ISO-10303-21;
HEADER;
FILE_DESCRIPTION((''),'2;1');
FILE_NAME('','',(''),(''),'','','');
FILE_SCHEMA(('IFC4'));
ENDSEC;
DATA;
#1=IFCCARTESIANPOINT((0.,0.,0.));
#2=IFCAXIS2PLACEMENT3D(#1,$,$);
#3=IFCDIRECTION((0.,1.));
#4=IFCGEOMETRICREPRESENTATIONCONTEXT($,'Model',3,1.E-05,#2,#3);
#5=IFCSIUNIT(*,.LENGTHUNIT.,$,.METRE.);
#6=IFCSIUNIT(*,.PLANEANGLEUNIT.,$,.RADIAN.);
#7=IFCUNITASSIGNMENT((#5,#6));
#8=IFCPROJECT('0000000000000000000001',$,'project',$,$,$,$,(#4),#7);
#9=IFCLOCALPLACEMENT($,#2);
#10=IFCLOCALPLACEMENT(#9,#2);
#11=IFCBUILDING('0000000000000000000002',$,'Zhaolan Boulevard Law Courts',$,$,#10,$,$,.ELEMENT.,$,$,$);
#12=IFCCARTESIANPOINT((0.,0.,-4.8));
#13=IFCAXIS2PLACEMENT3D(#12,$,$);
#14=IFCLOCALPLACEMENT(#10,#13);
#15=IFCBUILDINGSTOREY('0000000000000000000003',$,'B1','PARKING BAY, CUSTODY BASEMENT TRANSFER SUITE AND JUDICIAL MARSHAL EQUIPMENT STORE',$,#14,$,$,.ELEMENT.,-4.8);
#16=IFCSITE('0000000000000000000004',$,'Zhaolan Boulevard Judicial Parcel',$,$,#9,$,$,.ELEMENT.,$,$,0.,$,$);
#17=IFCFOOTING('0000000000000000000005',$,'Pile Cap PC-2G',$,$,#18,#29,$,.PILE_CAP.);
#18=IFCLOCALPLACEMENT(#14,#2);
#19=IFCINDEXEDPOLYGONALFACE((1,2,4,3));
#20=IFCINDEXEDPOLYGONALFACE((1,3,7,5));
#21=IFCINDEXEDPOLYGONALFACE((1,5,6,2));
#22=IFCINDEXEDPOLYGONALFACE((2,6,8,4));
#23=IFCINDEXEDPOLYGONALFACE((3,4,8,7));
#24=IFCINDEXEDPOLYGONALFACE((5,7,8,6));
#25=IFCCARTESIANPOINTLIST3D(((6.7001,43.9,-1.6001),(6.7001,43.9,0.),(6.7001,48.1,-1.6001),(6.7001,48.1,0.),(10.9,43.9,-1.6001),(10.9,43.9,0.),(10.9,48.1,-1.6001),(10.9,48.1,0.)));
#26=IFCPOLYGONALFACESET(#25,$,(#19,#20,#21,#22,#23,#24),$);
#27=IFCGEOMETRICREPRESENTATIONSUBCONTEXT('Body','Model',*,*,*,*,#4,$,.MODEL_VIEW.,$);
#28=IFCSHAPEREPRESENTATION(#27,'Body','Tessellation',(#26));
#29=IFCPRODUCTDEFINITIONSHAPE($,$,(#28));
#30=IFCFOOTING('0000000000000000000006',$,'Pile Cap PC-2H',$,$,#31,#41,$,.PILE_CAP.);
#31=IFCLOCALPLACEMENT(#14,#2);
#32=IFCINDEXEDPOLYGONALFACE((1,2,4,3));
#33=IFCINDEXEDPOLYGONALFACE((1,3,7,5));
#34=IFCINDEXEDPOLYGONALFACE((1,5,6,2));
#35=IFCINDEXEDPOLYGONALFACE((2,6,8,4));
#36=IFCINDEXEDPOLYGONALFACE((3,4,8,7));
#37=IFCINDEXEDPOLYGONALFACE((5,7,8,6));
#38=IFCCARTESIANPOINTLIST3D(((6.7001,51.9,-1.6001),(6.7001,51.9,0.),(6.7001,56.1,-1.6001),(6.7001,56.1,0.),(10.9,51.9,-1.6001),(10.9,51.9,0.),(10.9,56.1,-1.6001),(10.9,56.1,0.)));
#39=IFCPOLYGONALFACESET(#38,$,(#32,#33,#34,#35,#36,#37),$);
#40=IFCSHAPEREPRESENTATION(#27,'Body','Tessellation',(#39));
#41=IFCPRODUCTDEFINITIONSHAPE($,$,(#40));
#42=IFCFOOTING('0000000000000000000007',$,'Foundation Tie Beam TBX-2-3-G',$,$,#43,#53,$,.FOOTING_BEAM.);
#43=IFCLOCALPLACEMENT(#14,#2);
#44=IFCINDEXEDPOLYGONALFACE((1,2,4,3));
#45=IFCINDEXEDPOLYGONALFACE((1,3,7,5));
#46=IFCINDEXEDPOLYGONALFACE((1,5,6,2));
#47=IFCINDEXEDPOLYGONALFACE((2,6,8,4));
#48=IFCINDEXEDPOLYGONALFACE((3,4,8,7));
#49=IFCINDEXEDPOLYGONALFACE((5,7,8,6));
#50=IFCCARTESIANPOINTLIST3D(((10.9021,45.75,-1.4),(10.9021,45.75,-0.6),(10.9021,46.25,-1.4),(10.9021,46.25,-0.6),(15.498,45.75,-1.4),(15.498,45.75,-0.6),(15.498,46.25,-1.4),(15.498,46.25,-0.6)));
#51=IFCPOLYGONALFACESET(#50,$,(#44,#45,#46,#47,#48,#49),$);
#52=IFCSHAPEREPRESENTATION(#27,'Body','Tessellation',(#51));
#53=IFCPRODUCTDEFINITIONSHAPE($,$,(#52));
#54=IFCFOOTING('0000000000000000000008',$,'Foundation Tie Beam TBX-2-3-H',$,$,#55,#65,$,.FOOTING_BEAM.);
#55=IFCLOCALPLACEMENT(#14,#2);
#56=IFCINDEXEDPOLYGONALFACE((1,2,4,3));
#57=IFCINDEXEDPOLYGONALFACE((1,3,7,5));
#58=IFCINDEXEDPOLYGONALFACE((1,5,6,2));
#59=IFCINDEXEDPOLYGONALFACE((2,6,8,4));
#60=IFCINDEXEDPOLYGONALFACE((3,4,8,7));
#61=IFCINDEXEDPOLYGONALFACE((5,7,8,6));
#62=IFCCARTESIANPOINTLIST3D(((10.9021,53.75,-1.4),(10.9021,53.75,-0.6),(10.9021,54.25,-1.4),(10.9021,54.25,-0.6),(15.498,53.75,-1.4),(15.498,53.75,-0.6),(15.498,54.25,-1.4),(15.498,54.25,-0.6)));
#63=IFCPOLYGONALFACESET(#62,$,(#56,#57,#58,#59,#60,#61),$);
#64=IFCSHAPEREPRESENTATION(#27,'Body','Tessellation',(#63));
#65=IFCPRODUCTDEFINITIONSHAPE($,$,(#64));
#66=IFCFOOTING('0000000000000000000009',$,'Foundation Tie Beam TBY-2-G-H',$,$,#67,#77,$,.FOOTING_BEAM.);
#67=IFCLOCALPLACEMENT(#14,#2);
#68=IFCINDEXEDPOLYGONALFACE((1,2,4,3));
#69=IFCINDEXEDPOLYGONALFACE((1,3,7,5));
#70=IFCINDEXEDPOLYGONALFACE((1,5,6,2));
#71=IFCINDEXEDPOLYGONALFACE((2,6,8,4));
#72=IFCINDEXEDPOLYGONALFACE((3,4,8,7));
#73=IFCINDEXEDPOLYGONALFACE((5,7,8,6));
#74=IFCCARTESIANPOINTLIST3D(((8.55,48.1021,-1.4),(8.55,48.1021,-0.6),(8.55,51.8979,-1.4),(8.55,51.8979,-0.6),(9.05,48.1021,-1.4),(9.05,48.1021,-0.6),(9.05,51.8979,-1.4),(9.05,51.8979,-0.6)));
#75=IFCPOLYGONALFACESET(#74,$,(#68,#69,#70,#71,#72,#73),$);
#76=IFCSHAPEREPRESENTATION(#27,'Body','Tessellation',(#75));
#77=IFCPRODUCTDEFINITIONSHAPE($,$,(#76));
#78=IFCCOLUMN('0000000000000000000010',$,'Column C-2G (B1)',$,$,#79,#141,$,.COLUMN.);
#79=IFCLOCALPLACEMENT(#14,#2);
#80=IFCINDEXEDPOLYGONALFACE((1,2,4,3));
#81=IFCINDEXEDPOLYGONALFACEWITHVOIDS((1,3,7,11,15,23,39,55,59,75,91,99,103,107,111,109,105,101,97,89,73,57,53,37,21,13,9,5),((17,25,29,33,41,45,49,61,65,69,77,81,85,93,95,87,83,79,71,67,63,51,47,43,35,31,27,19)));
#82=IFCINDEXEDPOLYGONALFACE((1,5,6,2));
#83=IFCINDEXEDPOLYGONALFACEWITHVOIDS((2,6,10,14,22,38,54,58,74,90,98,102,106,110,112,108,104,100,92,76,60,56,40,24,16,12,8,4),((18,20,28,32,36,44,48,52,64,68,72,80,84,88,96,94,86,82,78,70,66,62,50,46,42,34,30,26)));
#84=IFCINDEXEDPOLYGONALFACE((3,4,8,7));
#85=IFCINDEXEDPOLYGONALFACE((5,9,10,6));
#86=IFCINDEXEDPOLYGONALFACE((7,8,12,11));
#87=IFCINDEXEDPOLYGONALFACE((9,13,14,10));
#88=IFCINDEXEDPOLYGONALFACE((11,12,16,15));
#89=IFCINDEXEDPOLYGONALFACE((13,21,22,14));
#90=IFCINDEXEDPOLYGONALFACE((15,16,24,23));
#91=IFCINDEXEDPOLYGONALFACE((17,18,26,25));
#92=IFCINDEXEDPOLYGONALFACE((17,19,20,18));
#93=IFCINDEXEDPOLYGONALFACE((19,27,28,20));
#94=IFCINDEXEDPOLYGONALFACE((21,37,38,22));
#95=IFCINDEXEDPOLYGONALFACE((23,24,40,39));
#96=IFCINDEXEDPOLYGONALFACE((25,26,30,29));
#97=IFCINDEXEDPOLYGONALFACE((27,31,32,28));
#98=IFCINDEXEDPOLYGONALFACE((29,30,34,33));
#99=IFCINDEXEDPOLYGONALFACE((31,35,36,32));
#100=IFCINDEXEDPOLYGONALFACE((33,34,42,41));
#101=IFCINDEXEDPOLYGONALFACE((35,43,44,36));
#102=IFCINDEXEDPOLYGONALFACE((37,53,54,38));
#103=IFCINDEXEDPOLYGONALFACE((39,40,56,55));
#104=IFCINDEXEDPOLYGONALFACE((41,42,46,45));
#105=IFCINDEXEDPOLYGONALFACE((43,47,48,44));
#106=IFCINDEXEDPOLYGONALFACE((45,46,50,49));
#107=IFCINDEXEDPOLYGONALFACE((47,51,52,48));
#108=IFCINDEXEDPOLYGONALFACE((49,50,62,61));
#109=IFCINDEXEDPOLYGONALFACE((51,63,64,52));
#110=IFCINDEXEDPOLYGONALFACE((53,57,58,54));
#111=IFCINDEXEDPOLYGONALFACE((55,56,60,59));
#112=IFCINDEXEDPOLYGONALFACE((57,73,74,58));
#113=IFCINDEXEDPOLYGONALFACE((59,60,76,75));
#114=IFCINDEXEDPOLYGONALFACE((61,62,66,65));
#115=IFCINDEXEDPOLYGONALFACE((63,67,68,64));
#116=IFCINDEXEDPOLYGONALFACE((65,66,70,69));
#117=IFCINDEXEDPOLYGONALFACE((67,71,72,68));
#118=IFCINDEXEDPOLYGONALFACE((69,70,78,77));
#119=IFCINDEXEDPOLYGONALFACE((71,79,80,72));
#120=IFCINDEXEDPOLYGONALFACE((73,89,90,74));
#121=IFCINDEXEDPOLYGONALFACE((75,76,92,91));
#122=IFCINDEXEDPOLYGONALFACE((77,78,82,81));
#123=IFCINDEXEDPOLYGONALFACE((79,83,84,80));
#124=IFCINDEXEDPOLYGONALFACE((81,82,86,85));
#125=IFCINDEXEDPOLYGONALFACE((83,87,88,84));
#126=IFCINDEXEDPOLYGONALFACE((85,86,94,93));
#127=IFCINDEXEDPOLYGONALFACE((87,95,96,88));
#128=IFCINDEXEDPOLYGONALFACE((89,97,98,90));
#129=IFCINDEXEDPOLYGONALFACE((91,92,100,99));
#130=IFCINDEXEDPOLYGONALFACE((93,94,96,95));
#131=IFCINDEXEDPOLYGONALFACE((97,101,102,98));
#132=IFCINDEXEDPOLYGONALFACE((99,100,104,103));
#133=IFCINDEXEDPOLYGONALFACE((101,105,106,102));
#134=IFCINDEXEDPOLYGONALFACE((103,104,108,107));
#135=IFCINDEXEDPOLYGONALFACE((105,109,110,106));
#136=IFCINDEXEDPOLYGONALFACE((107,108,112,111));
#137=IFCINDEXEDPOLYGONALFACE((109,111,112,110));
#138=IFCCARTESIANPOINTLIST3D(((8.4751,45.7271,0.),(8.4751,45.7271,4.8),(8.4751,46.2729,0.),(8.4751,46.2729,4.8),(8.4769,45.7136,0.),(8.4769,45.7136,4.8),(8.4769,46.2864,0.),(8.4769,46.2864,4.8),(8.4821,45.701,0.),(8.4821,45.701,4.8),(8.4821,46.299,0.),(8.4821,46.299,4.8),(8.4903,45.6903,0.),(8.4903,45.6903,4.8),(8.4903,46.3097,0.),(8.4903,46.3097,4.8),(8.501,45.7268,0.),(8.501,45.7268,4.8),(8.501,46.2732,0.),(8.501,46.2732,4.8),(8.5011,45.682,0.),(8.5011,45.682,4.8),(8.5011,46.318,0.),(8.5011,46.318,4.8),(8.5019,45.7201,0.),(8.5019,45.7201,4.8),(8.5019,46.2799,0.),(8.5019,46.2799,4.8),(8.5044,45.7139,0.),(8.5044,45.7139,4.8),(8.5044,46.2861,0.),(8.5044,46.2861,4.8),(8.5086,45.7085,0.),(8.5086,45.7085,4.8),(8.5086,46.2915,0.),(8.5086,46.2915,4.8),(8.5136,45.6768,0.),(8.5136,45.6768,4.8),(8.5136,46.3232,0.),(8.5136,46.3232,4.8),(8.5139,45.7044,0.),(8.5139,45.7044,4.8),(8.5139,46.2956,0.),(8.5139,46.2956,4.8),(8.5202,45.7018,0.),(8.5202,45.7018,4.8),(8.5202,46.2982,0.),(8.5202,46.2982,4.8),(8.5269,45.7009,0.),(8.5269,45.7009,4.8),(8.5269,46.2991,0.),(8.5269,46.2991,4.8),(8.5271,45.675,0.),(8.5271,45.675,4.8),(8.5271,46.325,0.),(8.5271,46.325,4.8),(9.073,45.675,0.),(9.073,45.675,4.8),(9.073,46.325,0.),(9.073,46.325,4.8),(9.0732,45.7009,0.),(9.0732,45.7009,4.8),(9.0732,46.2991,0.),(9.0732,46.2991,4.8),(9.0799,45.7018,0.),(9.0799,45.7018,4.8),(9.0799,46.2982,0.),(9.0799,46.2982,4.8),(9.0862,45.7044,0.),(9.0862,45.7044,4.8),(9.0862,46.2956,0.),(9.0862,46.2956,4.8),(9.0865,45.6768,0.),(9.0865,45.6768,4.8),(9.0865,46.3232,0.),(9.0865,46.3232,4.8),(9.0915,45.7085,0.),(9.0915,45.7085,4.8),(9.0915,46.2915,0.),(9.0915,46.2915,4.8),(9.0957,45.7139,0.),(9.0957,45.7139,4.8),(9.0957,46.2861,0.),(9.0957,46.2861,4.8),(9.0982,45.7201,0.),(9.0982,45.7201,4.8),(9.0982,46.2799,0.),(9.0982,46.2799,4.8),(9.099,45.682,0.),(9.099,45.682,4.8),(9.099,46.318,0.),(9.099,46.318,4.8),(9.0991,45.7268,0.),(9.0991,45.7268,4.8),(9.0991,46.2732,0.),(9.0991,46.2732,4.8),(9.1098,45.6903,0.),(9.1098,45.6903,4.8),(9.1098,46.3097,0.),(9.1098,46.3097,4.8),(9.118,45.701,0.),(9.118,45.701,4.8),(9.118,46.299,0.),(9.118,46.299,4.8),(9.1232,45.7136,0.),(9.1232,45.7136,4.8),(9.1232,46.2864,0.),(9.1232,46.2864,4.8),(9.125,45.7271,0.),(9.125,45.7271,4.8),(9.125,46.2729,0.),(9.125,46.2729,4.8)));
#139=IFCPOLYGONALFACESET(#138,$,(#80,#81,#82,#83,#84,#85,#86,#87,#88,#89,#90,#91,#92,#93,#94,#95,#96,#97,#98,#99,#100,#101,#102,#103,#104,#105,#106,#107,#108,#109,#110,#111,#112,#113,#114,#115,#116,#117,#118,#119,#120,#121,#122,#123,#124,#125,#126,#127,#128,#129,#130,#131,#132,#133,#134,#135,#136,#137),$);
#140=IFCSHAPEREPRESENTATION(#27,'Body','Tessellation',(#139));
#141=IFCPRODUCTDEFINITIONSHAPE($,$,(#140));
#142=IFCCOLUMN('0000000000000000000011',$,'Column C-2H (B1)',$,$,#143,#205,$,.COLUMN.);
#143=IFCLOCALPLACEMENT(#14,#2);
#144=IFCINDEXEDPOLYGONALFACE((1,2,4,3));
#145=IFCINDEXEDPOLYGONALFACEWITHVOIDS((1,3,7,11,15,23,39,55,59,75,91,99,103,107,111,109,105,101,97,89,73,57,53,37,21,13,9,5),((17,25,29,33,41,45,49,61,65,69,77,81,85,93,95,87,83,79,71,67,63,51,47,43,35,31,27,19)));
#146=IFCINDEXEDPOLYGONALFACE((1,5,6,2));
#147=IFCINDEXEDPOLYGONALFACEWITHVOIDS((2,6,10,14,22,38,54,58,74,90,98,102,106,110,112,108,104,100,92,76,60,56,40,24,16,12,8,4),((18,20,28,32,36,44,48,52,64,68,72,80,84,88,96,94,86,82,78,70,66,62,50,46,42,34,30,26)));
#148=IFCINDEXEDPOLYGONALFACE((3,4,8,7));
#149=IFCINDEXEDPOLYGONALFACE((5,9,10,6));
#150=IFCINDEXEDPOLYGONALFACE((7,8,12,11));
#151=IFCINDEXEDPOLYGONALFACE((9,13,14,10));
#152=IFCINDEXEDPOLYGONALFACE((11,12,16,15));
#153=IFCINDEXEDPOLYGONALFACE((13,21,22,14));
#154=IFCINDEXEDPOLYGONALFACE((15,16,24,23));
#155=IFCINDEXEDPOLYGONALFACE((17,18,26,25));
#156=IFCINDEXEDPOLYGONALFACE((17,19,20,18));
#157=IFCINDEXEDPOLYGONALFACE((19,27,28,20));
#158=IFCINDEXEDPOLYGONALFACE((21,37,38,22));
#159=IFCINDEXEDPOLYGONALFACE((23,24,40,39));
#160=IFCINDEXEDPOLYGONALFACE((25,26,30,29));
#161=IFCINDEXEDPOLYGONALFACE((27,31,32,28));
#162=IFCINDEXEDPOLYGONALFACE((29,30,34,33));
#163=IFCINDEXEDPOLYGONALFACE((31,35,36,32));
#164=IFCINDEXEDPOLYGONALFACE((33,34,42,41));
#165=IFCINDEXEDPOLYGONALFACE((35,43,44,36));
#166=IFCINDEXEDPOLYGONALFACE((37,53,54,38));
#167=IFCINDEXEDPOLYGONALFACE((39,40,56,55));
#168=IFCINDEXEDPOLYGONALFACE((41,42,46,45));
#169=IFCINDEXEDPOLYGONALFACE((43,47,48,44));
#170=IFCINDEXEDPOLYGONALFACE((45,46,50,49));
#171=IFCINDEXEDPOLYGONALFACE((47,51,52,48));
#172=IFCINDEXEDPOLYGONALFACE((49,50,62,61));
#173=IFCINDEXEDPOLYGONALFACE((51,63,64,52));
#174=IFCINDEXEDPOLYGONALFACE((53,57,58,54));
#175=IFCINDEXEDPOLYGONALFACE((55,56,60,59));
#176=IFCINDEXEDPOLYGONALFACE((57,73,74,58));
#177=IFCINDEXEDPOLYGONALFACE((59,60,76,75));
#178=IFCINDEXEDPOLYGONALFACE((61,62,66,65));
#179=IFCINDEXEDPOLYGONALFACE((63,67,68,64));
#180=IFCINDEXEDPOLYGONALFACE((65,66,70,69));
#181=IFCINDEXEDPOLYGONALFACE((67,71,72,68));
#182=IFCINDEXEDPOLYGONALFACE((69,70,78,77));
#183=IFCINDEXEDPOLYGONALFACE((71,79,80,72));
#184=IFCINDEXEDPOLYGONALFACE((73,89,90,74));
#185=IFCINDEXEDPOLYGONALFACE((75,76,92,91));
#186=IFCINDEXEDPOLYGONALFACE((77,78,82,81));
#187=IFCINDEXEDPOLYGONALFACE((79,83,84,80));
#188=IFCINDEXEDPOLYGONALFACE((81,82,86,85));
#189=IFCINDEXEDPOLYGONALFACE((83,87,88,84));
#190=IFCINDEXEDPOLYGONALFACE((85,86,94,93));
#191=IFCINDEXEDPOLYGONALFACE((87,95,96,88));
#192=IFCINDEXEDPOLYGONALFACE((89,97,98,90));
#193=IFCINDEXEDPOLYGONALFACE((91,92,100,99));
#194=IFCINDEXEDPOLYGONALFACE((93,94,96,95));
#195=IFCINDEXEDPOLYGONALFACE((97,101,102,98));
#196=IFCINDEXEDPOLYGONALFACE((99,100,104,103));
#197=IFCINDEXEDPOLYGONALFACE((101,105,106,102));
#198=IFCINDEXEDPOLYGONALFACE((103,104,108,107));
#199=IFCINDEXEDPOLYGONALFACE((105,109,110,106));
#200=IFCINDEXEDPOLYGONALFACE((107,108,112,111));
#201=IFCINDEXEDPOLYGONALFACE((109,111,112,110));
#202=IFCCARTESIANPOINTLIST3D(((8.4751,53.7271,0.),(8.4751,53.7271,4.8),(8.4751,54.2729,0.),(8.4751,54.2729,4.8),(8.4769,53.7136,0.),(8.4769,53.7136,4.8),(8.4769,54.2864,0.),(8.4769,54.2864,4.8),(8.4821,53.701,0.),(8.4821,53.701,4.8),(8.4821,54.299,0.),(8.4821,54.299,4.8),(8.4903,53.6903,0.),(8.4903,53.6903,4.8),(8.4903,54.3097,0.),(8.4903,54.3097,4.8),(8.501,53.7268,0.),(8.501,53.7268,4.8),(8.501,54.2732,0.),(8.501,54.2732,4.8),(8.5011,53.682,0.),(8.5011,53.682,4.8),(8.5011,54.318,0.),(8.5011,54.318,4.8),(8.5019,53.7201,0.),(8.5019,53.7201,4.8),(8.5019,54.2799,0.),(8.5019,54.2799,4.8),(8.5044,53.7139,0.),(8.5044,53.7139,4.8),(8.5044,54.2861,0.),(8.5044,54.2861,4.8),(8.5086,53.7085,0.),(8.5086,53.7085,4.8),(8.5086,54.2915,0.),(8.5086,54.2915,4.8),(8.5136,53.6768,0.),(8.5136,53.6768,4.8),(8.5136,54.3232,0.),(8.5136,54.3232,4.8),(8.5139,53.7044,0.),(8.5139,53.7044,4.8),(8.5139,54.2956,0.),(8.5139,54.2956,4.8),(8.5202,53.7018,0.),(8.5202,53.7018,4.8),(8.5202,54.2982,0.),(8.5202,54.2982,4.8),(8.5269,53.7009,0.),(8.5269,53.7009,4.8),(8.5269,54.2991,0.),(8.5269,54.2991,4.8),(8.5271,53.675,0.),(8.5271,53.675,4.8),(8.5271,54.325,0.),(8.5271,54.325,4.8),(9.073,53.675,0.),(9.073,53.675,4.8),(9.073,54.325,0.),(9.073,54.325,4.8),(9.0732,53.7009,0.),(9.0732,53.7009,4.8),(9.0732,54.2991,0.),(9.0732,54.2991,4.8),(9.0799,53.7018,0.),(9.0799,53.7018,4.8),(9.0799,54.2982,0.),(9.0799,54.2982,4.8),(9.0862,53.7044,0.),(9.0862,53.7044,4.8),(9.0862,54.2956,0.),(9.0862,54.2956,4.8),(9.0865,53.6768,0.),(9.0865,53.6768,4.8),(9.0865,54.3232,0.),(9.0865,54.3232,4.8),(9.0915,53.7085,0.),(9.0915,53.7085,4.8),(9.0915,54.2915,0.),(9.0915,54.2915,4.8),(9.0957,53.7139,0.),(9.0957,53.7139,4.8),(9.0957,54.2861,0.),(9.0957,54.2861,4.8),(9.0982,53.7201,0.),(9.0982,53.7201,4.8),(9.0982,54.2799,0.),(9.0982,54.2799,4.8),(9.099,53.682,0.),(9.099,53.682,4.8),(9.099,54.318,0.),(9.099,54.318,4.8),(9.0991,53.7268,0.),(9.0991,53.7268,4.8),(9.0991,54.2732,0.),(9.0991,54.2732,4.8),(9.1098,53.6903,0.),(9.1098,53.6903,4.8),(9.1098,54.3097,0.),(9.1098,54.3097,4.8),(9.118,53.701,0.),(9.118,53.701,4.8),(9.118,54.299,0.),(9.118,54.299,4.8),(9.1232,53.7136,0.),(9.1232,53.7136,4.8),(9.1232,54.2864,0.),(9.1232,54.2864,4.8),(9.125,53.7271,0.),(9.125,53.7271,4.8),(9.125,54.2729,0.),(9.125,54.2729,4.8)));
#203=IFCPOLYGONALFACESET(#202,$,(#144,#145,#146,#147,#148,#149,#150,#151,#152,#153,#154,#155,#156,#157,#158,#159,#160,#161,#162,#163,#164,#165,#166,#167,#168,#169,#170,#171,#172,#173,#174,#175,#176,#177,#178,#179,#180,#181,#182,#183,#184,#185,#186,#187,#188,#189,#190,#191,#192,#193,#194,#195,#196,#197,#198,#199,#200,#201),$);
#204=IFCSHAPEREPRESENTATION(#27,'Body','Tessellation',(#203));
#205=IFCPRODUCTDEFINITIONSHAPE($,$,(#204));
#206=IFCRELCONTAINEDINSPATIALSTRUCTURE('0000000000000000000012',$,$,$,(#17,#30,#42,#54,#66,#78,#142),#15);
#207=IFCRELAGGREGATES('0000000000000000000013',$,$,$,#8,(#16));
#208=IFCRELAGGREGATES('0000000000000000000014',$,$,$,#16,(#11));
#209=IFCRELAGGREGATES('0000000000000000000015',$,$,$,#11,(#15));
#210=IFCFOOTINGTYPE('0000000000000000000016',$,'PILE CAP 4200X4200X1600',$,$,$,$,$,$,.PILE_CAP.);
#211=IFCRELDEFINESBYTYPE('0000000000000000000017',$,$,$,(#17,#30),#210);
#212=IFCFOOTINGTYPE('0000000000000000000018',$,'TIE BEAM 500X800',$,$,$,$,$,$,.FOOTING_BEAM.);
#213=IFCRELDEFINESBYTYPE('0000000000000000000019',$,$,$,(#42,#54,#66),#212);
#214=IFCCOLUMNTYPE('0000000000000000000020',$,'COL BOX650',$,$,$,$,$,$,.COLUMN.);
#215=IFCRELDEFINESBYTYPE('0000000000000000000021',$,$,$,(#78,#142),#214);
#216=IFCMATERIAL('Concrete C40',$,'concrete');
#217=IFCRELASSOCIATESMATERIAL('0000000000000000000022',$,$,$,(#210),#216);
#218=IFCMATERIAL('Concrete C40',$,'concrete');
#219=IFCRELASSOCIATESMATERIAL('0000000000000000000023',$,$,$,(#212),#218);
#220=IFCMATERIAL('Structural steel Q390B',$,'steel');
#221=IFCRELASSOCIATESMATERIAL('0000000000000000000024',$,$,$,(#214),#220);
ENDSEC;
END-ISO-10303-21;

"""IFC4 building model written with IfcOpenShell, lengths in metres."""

from ifc_helpers import new_model, si_unit, direction, frame, origin, origin_2d, place, context, subcontext, project, spatial, rectangle, hollow_rectangle, extrude, material, material_profile, profile_set, type_object, element, save


model = new_model("IFC4")

# Units and contexts
model_context = context("Model", 3, precision=1e-05, world=origin(), true_north=direction((0.0, 1.0)))
body_context = subcontext(model_context, "Body", "Model", "MODEL_VIEW")
ifc_project = project(units=[si_unit("LENGTHUNIT", "METRE"), si_unit("PLANEANGLEUNIT", "RADIAN")], contexts=[model_context])

# Site, building, storey
site_placement = place(None, origin())
site = spatial("IfcSite", under=ifc_project, at=site_placement, Name="Zhaolan Boulevard Judicial Parcel", CompositionType="ELEMENT", RefElevation=0.0)
building_placement = place(site_placement, origin())
building = spatial("IfcBuilding", under=site, at=building_placement, Name="Zhaolan Boulevard Law Courts", CompositionType="ELEMENT")
storey_placement = place(building_placement, frame((0.0, 0.0, -4.8)))
storey = spatial("IfcBuildingStorey", under=building, at=storey_placement, Name="B1", Description="PARKING BAY, CUSTODY BASEMENT TRANSFER SUITE AND JUDICIAL MARSHAL EQUIPMENT STORE", CompositionType="ELEMENT", Elevation=-4.8)

# Footings
ifc_material_1 = material(Name="Concrete C40", Category="concrete")
footing_type_1 = type_object("IfcFootingType", Name="PILE CAP 4200X4200X1600", PredefinedType="PILE_CAP", material=ifc_material_1)
for number, where, z_axis, x_axis, name in (
    (1, (8.8, 46.0, -1.6001), (0.0, 0.0, 1.0), (1.0, 0.0, 0.0), "Pile Cap PC-2G"),
    (2, (8.8, 54.0, -1.6001), (0.0, 0.0, 1.0), (1.0, 0.0, 0.0), "Pile Cap PC-2H"),
):
    element("IfcFooting", number, at=place(storey_placement, frame(where, z_axis=z_axis, x_axis=x_axis)), inside=storey, type_object=footing_type_1, Name=name, PredefinedType="PILE_CAP", context=body_context, shape_type="SweptSolid", body=[
        extrude(rectangle(XDim=4.2, YDim=4.2, at=origin_2d()), origin(), (0.0, 0.0, 1.0), 1.6001),
    ])
ifc_material_2 = material(Name="Concrete C40", Category="concrete")
ifc_material_profile_1 = material_profile(ifc_material_2, rectangle(XDim=0.5, YDim=0.8, at=origin_2d()), Name="RC500x800")
ifc_profile_set_1 = profile_set([ifc_material_profile_1], Name="Concrete C40")
footing_type_2 = type_object("IfcFootingType", Name="TIE BEAM 500X800", PredefinedType="FOOTING_BEAM", material=ifc_profile_set_1)
for number, where, z_axis, x_axis, name in (
    (3, (10.9021, 46.0, -1.0), (1.0, 0.0, 0.0), (0.0, 1.0, 0.0), "Foundation Tie Beam TBX-2-3-G"),
    (4, (10.9021, 54.0, -1.0), (1.0, 0.0, 0.0), (0.0, 1.0, 0.0), "Foundation Tie Beam TBX-2-3-H"),
):
    element("IfcFooting", number, at=place(storey_placement, frame(where, z_axis=z_axis, x_axis=x_axis)), inside=storey, type_object=footing_type_2, Name=name, PredefinedType="FOOTING_BEAM", context=body_context, shape_type="SweptSolid", body=[
        extrude(rectangle(XDim=0.5, YDim=0.8, at=origin_2d()), origin(), (0.0, 0.0, 1.0), 4.5959),
    ])
footing_placement = place(storey_placement, frame((8.8, 48.1021, -1.0), z_axis=(0.0, 1.0, 0.0), x_axis=(-1.0, 0.0, 0.0)))
element("IfcFooting", 5, at=footing_placement, inside=storey, type_object=footing_type_2, Name="Foundation Tie Beam TBY-2-G-H", PredefinedType="FOOTING_BEAM", context=body_context, shape_type="SweptSolid", body=[
    extrude(rectangle(XDim=0.5, YDim=0.8, at=origin_2d()), origin(), (0.0, 0.0, 1.0), 3.7959),
])

# Columns
ifc_material_3 = material(Name="Structural steel Q390B", Category="steel")
ifc_material_profile_2 = material_profile(ifc_material_3, hollow_rectangle(XDim=0.6499, YDim=0.6499, WallThickness=0.0259, InnerFilletRadius=0.0259, OuterFilletRadius=0.052, at=origin_2d()), Name="BOX650x650x26")
ifc_profile_set_2 = profile_set([ifc_material_profile_2], Name="Structural steel Q390B")
column_type = type_object("IfcColumnType", Name="COL BOX650", PredefinedType="COLUMN", material=ifc_profile_set_2)
for number, where, z_axis, x_axis, name in (
    (6, (8.8, 46.0, 0.0), (0.0, 0.0, 1.0), (1.0, 0.0, 0.0), "Column C-2G (B1)"),
    (7, (8.8, 54.0, 0.0), (0.0, 0.0, 1.0), (1.0, 0.0, 0.0), "Column C-2H (B1)"),
):
    element("IfcColumn", number, at=place(storey_placement, frame(where, z_axis=z_axis, x_axis=x_axis)), inside=storey, type_object=column_type, Name=name, PredefinedType="COLUMN", context=body_context, shape_type="SweptSolid", body=[
        extrude(hollow_rectangle(XDim=0.6499, YDim=0.6499, WallThickness=0.0259, InnerFilletRadius=0.0259, OuterFilletRadius=0.052, at=origin_2d()), origin(), (0.0, 0.0, 1.0), 4.8),
    ])

save(model, "model.ifc")
